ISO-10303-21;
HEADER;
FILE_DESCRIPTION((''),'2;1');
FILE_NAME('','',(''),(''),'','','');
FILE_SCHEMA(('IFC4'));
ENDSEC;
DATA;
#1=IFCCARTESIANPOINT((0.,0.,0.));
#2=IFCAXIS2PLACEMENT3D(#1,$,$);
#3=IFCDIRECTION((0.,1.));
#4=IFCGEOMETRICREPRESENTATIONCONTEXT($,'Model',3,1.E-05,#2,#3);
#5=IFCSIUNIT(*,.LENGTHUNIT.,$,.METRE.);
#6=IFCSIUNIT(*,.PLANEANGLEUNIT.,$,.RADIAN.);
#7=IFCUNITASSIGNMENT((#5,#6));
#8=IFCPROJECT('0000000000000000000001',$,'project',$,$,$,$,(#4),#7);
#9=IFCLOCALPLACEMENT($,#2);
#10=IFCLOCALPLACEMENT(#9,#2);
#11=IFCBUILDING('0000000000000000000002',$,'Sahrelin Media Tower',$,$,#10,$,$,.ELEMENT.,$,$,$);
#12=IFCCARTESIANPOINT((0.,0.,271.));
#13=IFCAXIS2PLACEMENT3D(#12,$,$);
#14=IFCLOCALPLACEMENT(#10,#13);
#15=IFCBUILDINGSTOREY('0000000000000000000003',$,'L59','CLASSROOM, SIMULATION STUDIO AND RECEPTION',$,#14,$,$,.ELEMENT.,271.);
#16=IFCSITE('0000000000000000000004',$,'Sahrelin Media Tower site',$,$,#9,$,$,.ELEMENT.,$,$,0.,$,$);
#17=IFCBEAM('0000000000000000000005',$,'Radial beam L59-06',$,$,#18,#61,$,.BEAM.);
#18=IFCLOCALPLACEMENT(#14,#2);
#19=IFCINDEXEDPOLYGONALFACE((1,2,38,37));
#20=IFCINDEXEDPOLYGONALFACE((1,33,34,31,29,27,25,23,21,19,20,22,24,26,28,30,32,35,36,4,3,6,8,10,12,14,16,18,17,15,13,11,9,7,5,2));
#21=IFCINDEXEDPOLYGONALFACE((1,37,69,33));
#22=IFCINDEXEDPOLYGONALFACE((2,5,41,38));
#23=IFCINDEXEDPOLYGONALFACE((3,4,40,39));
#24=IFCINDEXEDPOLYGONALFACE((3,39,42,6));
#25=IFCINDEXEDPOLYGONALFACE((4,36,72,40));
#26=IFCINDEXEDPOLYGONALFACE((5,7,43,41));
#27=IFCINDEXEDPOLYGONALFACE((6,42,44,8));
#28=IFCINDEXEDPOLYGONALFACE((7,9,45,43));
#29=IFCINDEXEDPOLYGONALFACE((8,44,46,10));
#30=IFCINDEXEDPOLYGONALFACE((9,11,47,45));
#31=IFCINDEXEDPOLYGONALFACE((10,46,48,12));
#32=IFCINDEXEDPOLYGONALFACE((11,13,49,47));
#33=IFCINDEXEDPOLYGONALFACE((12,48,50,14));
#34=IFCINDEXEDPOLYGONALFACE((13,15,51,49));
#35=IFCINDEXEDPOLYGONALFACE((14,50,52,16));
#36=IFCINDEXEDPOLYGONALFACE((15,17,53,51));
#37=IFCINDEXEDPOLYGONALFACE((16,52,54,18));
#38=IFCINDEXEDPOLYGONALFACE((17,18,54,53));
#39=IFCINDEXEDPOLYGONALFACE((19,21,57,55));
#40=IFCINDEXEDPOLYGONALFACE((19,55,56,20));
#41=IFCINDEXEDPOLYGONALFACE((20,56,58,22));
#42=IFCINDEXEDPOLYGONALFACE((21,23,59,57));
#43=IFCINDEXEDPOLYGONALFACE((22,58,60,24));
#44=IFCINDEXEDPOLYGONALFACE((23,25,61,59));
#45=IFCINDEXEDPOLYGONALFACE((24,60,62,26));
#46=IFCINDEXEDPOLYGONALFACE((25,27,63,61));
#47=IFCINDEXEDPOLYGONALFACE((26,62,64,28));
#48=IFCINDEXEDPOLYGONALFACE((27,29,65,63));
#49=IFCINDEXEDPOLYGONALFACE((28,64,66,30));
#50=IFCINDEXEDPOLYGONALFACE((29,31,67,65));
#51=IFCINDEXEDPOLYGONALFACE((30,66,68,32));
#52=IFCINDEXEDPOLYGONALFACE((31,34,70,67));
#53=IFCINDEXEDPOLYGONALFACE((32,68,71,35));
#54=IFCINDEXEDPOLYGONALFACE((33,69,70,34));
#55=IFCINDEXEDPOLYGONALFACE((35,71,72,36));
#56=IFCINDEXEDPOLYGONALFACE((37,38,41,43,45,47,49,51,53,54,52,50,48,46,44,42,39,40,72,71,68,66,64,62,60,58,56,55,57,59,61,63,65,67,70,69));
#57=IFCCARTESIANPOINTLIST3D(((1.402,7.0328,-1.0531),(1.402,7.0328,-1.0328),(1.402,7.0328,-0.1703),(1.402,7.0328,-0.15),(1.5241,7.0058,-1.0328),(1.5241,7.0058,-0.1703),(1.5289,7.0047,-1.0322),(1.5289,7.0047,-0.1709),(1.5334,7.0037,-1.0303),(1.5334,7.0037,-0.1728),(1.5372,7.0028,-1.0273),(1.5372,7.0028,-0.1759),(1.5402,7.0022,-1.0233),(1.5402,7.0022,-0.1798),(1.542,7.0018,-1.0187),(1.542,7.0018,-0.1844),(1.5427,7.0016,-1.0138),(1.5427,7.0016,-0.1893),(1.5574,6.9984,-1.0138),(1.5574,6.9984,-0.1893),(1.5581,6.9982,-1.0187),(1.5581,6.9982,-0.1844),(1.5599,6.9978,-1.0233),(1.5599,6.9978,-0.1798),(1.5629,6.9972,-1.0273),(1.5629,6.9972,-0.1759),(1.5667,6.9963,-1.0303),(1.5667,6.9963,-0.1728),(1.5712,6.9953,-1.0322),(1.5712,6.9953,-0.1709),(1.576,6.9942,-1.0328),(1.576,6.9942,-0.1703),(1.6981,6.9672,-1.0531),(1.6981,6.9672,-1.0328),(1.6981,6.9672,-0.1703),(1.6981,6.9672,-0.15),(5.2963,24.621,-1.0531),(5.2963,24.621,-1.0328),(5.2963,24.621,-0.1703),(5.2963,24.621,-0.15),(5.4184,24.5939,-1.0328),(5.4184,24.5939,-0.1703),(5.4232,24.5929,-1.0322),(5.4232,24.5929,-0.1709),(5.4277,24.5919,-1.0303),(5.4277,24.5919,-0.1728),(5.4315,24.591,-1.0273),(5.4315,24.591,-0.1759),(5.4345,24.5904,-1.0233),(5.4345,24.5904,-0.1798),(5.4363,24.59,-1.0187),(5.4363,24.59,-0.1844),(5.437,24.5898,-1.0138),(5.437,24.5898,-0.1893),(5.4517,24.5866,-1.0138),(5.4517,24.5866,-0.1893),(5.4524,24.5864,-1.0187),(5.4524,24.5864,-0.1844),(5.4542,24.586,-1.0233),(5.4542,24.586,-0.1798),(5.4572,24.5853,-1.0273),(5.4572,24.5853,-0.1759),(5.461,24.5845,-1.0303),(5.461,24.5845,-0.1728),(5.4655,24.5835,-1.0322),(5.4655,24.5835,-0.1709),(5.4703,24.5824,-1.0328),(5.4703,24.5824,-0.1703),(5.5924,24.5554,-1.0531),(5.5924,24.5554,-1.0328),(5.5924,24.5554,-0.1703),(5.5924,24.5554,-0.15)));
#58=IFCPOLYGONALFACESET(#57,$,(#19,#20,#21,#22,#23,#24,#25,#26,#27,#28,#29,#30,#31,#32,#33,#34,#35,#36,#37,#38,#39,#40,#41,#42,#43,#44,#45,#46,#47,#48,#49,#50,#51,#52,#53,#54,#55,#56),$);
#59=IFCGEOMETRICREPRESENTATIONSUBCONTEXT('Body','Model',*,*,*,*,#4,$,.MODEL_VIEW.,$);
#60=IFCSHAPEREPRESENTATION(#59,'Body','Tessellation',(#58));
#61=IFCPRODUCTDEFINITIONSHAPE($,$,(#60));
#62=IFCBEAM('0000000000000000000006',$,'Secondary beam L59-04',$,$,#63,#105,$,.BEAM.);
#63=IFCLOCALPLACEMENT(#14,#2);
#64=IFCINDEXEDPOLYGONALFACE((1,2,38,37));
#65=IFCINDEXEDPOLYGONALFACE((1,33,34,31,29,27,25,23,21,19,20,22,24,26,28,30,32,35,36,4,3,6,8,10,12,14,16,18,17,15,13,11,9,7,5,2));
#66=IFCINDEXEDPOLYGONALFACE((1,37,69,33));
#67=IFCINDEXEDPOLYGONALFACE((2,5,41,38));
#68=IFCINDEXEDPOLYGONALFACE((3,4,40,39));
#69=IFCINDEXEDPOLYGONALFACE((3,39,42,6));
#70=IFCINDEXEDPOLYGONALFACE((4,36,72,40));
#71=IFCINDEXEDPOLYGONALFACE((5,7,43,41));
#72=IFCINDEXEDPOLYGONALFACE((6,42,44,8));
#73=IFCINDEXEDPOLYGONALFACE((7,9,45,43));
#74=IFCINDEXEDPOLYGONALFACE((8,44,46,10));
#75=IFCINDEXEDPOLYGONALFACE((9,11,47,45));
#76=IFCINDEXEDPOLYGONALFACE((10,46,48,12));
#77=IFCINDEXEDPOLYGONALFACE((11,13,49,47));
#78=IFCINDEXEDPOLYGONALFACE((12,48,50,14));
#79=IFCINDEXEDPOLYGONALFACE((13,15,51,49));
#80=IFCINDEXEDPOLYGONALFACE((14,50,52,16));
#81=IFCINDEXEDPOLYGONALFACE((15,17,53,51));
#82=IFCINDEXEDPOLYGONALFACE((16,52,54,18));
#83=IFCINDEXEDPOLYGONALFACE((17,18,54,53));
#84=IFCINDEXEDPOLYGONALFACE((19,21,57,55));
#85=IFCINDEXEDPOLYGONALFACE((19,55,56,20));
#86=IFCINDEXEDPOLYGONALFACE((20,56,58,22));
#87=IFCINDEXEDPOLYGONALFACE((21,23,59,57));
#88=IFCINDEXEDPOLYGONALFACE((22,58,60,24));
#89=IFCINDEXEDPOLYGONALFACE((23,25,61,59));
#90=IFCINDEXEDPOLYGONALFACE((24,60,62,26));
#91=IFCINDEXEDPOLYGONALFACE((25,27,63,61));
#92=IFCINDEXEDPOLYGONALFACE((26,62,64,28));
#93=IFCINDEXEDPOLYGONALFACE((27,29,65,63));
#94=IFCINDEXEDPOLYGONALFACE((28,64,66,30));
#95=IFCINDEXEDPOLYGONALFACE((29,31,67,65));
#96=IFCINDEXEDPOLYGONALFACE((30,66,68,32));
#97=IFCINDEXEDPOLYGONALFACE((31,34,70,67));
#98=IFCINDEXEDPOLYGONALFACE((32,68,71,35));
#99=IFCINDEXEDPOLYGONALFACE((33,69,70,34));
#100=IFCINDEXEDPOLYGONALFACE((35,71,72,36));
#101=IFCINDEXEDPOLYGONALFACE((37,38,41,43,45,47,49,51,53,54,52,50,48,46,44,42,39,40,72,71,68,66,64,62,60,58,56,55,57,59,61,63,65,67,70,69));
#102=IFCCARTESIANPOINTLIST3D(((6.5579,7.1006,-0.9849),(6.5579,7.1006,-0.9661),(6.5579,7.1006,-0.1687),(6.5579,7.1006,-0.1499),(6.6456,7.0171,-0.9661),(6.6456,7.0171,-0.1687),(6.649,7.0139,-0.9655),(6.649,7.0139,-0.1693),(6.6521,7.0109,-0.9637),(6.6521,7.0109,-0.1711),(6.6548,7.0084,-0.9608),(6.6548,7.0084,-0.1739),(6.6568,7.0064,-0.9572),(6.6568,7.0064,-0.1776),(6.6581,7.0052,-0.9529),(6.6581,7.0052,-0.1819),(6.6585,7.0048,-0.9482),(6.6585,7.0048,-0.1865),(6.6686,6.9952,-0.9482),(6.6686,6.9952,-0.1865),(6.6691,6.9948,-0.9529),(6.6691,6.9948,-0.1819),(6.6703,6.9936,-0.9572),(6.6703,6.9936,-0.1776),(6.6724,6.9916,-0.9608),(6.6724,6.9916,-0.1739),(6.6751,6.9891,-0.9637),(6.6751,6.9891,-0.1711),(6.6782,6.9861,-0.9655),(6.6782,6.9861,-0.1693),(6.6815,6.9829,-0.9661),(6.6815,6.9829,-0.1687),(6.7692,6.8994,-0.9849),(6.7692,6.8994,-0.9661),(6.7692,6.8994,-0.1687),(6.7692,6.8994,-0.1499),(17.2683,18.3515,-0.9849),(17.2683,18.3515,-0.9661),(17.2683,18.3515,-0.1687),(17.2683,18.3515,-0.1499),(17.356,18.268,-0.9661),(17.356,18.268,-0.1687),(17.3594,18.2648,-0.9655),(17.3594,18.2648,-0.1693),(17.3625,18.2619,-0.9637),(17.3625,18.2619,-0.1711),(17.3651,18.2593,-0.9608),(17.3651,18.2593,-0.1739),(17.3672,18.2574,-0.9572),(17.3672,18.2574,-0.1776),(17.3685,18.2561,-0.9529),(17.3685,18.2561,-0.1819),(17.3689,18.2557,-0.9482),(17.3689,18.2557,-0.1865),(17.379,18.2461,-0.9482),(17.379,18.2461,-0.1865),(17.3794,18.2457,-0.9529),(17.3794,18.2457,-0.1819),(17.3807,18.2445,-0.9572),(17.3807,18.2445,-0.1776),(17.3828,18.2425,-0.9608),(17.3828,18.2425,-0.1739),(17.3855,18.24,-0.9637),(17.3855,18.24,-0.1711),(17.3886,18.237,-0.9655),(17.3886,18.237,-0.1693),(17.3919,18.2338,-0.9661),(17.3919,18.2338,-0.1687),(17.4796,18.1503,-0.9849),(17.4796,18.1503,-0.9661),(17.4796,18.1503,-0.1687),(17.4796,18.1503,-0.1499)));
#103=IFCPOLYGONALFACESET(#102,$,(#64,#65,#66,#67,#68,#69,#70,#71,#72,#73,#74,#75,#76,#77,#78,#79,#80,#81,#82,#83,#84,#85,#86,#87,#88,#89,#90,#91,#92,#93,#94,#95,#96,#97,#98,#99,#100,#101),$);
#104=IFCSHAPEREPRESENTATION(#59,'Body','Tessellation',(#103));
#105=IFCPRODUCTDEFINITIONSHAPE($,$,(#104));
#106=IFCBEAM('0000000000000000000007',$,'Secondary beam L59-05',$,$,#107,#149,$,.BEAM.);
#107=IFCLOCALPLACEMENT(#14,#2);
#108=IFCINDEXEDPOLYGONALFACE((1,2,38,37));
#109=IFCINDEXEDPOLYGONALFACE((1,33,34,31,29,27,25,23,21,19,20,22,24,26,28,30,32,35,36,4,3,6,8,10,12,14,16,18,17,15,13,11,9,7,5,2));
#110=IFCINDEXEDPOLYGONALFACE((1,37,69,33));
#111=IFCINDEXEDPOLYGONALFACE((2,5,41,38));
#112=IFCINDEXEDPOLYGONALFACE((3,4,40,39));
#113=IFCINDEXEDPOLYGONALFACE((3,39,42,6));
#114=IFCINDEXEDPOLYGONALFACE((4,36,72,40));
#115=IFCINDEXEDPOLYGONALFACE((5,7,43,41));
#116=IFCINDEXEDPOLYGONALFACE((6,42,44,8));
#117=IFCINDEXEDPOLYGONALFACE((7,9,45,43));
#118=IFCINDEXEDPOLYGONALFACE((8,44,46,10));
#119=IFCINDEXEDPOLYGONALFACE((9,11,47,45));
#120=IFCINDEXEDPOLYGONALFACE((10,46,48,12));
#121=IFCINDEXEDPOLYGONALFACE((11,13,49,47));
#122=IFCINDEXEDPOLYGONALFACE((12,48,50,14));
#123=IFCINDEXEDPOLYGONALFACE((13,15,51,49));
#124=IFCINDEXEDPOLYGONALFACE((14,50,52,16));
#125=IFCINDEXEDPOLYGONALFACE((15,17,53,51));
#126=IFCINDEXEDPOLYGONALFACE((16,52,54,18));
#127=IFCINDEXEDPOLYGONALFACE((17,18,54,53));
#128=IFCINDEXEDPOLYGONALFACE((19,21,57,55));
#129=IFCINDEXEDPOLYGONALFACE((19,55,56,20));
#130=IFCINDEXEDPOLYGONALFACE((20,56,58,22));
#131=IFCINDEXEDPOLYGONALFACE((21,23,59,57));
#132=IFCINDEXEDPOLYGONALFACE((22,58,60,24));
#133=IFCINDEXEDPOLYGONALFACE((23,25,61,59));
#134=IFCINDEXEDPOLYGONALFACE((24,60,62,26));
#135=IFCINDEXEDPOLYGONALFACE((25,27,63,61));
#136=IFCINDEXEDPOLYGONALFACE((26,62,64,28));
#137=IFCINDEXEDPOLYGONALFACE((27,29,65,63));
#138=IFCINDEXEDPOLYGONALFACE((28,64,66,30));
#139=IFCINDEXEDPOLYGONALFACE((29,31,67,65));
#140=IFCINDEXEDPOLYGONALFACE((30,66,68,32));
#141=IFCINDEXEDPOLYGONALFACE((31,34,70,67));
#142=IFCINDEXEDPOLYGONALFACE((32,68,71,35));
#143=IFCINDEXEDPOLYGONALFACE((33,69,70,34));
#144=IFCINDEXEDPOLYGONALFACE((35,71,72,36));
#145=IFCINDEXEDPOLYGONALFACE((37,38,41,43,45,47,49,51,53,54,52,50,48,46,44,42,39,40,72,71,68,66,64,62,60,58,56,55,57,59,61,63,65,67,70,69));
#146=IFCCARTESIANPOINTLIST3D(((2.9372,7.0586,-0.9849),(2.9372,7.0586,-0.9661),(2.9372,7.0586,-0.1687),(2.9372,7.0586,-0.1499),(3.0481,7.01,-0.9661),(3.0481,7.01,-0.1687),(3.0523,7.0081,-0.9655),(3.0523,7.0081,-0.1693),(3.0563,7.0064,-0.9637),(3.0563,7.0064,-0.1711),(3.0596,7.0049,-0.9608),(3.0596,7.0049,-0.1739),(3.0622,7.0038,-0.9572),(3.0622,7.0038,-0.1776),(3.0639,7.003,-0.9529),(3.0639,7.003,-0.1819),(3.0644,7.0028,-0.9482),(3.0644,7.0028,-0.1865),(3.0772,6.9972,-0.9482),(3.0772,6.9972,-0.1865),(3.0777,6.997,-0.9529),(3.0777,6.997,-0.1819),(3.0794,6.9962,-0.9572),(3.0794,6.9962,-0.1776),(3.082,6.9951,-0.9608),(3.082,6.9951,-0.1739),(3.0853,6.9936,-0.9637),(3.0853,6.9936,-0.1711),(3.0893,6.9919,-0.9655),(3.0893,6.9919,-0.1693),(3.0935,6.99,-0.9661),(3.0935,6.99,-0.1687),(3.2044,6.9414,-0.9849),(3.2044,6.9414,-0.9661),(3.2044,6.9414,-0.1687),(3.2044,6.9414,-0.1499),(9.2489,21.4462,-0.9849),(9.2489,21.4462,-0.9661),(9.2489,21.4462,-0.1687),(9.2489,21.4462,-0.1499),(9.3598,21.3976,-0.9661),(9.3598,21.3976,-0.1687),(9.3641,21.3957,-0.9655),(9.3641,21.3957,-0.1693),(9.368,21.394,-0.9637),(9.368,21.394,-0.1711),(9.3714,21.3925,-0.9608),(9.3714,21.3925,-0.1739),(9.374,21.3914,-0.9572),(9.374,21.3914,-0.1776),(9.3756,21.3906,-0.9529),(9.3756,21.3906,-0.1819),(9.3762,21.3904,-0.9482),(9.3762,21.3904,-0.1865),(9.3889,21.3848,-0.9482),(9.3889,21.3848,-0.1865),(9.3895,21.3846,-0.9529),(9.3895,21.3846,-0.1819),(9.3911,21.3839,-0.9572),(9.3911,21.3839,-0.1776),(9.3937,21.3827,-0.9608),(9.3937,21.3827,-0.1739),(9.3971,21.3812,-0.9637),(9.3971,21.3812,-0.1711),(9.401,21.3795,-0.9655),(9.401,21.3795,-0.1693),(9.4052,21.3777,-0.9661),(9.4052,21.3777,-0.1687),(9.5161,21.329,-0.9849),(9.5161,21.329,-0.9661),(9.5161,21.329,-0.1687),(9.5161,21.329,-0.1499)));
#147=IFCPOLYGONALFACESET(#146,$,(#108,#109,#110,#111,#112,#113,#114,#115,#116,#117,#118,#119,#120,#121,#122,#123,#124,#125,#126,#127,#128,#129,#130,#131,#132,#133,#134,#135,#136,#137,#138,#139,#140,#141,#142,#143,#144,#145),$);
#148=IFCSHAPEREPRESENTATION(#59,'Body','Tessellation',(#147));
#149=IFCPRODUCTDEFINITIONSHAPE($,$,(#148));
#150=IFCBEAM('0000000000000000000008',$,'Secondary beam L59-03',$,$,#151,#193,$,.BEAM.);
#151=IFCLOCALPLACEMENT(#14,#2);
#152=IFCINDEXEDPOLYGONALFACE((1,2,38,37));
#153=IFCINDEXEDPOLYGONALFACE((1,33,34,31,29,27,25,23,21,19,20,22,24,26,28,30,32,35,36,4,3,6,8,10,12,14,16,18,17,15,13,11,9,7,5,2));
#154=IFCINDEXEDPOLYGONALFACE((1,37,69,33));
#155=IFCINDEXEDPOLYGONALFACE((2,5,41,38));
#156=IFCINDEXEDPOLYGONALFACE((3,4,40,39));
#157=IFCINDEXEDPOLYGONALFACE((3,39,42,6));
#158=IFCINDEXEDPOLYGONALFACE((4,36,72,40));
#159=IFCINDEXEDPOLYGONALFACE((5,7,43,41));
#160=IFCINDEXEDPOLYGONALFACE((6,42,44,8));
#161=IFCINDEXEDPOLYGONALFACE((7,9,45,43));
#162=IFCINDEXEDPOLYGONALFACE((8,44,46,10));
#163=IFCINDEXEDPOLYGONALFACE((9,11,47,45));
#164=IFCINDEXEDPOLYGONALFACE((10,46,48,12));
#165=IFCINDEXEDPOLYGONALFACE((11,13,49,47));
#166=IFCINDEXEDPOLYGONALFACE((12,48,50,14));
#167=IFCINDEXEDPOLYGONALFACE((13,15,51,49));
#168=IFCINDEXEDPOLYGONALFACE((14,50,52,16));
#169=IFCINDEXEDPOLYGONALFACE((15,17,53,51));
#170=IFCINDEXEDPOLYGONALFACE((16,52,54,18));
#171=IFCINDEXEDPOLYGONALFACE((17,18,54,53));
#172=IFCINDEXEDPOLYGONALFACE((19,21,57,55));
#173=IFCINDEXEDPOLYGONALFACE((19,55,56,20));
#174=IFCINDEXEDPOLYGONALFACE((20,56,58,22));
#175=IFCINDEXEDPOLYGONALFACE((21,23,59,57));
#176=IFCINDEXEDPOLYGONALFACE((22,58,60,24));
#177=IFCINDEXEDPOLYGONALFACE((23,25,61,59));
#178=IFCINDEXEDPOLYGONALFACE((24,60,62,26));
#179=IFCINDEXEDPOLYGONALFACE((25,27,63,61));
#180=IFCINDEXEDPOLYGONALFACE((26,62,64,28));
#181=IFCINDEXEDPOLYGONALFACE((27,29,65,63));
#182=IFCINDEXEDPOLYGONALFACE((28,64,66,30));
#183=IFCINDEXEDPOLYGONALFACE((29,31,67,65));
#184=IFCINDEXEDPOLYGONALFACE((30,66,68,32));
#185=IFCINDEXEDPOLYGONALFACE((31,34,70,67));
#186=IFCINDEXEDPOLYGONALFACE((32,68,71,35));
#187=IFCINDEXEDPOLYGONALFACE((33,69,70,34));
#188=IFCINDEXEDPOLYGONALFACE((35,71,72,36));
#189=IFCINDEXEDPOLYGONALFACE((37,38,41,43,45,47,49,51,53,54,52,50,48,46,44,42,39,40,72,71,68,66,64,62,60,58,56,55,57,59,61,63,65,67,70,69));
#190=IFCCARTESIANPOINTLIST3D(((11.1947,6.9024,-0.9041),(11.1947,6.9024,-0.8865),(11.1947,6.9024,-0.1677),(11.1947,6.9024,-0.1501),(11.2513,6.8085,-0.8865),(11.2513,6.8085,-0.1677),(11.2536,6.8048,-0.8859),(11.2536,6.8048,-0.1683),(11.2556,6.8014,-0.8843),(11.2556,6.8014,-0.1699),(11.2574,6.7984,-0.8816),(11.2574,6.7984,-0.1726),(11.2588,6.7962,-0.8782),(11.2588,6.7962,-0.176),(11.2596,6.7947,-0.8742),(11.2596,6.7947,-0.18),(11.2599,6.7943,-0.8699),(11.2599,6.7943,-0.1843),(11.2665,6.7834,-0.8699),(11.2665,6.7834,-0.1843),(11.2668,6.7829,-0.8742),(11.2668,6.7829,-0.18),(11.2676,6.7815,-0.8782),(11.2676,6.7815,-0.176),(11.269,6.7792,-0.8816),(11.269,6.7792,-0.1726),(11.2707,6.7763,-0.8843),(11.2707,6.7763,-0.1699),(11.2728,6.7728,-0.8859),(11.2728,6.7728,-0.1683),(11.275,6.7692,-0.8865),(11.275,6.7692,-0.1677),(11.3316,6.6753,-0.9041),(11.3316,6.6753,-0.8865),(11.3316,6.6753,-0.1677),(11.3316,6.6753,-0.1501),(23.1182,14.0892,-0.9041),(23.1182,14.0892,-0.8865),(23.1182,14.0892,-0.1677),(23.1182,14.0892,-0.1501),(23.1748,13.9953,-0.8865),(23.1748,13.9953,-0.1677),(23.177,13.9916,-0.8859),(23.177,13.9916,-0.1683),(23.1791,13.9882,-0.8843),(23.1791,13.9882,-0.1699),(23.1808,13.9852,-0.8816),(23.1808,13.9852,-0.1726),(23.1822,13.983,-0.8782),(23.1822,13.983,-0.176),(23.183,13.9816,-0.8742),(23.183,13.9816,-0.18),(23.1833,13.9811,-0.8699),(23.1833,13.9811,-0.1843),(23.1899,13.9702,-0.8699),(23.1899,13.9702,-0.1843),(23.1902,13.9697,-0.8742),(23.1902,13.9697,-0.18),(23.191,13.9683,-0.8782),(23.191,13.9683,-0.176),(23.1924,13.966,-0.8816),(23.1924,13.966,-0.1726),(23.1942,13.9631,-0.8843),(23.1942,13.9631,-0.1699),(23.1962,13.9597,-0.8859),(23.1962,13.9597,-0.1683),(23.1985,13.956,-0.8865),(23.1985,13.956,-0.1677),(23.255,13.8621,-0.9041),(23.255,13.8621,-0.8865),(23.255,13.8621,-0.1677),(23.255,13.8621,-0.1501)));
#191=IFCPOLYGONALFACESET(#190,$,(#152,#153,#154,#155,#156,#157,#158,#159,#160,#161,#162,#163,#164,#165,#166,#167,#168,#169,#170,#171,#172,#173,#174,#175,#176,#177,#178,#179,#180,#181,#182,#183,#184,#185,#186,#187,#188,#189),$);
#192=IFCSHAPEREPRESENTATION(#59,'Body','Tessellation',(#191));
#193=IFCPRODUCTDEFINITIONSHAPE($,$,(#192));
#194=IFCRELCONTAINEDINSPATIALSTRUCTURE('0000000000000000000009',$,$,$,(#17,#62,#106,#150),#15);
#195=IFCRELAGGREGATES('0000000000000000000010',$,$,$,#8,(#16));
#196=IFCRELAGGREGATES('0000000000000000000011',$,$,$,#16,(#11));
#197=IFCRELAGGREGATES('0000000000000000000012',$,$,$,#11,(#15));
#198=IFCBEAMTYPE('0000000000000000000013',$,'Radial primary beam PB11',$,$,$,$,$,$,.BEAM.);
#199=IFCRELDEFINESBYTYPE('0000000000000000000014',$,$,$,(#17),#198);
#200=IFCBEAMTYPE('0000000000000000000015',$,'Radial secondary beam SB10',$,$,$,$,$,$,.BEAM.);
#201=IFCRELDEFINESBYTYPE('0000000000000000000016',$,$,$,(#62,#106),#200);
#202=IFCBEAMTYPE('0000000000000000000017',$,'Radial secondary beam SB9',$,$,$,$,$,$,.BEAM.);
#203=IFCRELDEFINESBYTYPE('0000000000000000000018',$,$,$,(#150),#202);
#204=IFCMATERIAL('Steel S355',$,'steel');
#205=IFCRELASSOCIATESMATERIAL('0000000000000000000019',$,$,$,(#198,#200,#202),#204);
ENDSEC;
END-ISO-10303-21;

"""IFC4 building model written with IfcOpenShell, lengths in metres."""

from ifc_helpers import new_model, si_unit, direction, frame, origin, origin_2d, place, context, subcontext, project, spatial, i_section, extrude, material, material_profile, profile_set, type_object, element, save


model = new_model("IFC4")

# Units and contexts
model_context = context("Model", 3, precision=1e-05, world=origin(), true_north=direction((0.0, 1.0)))
body_context = subcontext(model_context, "Body", "Model", "MODEL_VIEW")
ifc_project = project(units=[si_unit("LENGTHUNIT", "METRE"), si_unit("PLANEANGLEUNIT", "RADIAN")], contexts=[model_context])

# Site, building, storey
site_placement = place(None, origin())
site = spatial("IfcSite", under=ifc_project, at=site_placement, Name="Sahrelin Media Tower site", CompositionType="ELEMENT", RefElevation=0.0)
building_placement = place(site_placement, origin())
building = spatial("IfcBuilding", under=site, at=building_placement, Name="Sahrelin Media Tower", CompositionType="ELEMENT")
storey_placement = place(building_placement, frame((0.0, 0.0, 271.0)))
storey = spatial("IfcBuildingStorey", under=building, at=storey_placement, Name="L59", Description="CLASSROOM, SIMULATION STUDIO AND RECEPTION", CompositionType="ELEMENT", Elevation=271.0)

# Shared definitions
ifc_material_1 = material(Name="Steel S355", Category="steel")

# Beams
ifc_material_profile_1 = material_profile(ifc_material_1, i_section(OverallWidth=0.3032, OverallDepth=0.9031, WebThickness=0.0151, FlangeThickness=0.0203, FilletRadius=0.019, at=origin_2d()), Name="UB 914x305x201")
ifc_profile_set_1 = profile_set([ifc_material_profile_1], Name="Steel S355")
beam_type_1 = type_object("IfcBeamType", Name="Radial primary beam PB11", PredefinedType="BEAM", material=ifc_profile_set_1)
beam_1_placement = place(storey_placement, frame((1.55, 7.0, -0.6016), z_axis=(0.21618, 0.976354, 0.0), x_axis=(-0.976354, 0.21618, 0.0)))
element("IfcBeam", 1, at=beam_1_placement, inside=storey, type_object=beam_type_1, Name="Radial beam L59-06", PredefinedType="BEAM", context=body_context, shape_type="SweptSolid", body=[
    extrude(i_section(OverallWidth=0.3032, OverallDepth=0.9031, WebThickness=0.0151, FlangeThickness=0.0203, FilletRadius=0.019, at=origin_2d()), origin(), (0.0, 0.0, 1.0), 18.0142),
])
ifc_material_profile_2 = material_profile(ifc_material_1, i_section(OverallWidth=0.2917, OverallDepth=0.835, WebThickness=0.0139, FlangeThickness=0.0188, FilletRadius=0.0178, at=origin_2d()), Name="UB 838x292x176")
ifc_profile_set_2 = profile_set([ifc_material_profile_2], Name="Steel S355")
beam_type_2 = type_object("IfcBeamType", Name="Radial secondary beam SB10", PredefinedType="BEAM", material=ifc_profile_set_2)
beam_2_placement = place(storey_placement, frame((6.6636, 7.0, -0.5674), z_axis=(0.689494, 0.724291, 0.0), x_axis=(-0.724291, 0.689494, 0.0)))
element("IfcBeam", 2, at=beam_2_placement, inside=storey, type_object=beam_type_2, Name="Secondary beam L59-04", PredefinedType="BEAM", context=body_context, shape_type="SweptSolid", body=[
    extrude(i_section(OverallWidth=0.2917, OverallDepth=0.835, WebThickness=0.0139, FlangeThickness=0.0188, FilletRadius=0.0178, at=origin_2d()), origin(), (0.0, 0.0, 1.0), 15.5337),
])
beam_3_placement = place(storey_placement, frame((3.0708, 7.0, -0.5674), z_axis=(0.401735, 0.915756, 0.0), x_axis=(-0.915756, 0.401735, 0.0)))
element("IfcBeam", 3, at=beam_3_placement, inside=storey, type_object=beam_type_2, Name="Secondary beam L59-05", PredefinedType="BEAM", context=body_context, shape_type="SweptSolid", body=[
    extrude(i_section(OverallWidth=0.2917, OverallDepth=0.835, WebThickness=0.0139, FlangeThickness=0.0188, FilletRadius=0.0178, at=origin_2d()), origin(), (0.0, 0.0, 1.0), 15.7112),
])
ifc_material_profile_3 = material_profile(ifc_material_1, i_section(OverallWidth=0.2651, OverallDepth=0.7539, WebThickness=0.0127, FlangeThickness=0.0176, FilletRadius=0.0166, at=origin_2d()), Name="UB 762x267x147")
ifc_profile_set_3 = profile_set([ifc_material_profile_3], Name="Steel S355")
beam_type_3 = type_object("IfcBeamType", Name="Radial secondary beam SB9", PredefinedType="BEAM", material=ifc_profile_set_3)
beam_4_placement = place(storey_placement, frame((11.2632, 6.7888, -0.5271), z_axis=(0.856453, 0.516225, 0.0), x_axis=(-0.516225, 0.856453, 0.0)))
element("IfcBeam", 4, at=beam_4_placement, inside=storey, type_object=beam_type_3, Name="Secondary beam L59-03", PredefinedType="BEAM", context=body_context, shape_type="SweptSolid", body=[
    extrude(i_section(OverallWidth=0.2651, OverallDepth=0.7539, WebThickness=0.0127, FlangeThickness=0.0176, FilletRadius=0.0166, at=origin_2d()), origin(), (0.0, 0.0, 1.0), 13.9219),
])

save(model, "model.ifc")
